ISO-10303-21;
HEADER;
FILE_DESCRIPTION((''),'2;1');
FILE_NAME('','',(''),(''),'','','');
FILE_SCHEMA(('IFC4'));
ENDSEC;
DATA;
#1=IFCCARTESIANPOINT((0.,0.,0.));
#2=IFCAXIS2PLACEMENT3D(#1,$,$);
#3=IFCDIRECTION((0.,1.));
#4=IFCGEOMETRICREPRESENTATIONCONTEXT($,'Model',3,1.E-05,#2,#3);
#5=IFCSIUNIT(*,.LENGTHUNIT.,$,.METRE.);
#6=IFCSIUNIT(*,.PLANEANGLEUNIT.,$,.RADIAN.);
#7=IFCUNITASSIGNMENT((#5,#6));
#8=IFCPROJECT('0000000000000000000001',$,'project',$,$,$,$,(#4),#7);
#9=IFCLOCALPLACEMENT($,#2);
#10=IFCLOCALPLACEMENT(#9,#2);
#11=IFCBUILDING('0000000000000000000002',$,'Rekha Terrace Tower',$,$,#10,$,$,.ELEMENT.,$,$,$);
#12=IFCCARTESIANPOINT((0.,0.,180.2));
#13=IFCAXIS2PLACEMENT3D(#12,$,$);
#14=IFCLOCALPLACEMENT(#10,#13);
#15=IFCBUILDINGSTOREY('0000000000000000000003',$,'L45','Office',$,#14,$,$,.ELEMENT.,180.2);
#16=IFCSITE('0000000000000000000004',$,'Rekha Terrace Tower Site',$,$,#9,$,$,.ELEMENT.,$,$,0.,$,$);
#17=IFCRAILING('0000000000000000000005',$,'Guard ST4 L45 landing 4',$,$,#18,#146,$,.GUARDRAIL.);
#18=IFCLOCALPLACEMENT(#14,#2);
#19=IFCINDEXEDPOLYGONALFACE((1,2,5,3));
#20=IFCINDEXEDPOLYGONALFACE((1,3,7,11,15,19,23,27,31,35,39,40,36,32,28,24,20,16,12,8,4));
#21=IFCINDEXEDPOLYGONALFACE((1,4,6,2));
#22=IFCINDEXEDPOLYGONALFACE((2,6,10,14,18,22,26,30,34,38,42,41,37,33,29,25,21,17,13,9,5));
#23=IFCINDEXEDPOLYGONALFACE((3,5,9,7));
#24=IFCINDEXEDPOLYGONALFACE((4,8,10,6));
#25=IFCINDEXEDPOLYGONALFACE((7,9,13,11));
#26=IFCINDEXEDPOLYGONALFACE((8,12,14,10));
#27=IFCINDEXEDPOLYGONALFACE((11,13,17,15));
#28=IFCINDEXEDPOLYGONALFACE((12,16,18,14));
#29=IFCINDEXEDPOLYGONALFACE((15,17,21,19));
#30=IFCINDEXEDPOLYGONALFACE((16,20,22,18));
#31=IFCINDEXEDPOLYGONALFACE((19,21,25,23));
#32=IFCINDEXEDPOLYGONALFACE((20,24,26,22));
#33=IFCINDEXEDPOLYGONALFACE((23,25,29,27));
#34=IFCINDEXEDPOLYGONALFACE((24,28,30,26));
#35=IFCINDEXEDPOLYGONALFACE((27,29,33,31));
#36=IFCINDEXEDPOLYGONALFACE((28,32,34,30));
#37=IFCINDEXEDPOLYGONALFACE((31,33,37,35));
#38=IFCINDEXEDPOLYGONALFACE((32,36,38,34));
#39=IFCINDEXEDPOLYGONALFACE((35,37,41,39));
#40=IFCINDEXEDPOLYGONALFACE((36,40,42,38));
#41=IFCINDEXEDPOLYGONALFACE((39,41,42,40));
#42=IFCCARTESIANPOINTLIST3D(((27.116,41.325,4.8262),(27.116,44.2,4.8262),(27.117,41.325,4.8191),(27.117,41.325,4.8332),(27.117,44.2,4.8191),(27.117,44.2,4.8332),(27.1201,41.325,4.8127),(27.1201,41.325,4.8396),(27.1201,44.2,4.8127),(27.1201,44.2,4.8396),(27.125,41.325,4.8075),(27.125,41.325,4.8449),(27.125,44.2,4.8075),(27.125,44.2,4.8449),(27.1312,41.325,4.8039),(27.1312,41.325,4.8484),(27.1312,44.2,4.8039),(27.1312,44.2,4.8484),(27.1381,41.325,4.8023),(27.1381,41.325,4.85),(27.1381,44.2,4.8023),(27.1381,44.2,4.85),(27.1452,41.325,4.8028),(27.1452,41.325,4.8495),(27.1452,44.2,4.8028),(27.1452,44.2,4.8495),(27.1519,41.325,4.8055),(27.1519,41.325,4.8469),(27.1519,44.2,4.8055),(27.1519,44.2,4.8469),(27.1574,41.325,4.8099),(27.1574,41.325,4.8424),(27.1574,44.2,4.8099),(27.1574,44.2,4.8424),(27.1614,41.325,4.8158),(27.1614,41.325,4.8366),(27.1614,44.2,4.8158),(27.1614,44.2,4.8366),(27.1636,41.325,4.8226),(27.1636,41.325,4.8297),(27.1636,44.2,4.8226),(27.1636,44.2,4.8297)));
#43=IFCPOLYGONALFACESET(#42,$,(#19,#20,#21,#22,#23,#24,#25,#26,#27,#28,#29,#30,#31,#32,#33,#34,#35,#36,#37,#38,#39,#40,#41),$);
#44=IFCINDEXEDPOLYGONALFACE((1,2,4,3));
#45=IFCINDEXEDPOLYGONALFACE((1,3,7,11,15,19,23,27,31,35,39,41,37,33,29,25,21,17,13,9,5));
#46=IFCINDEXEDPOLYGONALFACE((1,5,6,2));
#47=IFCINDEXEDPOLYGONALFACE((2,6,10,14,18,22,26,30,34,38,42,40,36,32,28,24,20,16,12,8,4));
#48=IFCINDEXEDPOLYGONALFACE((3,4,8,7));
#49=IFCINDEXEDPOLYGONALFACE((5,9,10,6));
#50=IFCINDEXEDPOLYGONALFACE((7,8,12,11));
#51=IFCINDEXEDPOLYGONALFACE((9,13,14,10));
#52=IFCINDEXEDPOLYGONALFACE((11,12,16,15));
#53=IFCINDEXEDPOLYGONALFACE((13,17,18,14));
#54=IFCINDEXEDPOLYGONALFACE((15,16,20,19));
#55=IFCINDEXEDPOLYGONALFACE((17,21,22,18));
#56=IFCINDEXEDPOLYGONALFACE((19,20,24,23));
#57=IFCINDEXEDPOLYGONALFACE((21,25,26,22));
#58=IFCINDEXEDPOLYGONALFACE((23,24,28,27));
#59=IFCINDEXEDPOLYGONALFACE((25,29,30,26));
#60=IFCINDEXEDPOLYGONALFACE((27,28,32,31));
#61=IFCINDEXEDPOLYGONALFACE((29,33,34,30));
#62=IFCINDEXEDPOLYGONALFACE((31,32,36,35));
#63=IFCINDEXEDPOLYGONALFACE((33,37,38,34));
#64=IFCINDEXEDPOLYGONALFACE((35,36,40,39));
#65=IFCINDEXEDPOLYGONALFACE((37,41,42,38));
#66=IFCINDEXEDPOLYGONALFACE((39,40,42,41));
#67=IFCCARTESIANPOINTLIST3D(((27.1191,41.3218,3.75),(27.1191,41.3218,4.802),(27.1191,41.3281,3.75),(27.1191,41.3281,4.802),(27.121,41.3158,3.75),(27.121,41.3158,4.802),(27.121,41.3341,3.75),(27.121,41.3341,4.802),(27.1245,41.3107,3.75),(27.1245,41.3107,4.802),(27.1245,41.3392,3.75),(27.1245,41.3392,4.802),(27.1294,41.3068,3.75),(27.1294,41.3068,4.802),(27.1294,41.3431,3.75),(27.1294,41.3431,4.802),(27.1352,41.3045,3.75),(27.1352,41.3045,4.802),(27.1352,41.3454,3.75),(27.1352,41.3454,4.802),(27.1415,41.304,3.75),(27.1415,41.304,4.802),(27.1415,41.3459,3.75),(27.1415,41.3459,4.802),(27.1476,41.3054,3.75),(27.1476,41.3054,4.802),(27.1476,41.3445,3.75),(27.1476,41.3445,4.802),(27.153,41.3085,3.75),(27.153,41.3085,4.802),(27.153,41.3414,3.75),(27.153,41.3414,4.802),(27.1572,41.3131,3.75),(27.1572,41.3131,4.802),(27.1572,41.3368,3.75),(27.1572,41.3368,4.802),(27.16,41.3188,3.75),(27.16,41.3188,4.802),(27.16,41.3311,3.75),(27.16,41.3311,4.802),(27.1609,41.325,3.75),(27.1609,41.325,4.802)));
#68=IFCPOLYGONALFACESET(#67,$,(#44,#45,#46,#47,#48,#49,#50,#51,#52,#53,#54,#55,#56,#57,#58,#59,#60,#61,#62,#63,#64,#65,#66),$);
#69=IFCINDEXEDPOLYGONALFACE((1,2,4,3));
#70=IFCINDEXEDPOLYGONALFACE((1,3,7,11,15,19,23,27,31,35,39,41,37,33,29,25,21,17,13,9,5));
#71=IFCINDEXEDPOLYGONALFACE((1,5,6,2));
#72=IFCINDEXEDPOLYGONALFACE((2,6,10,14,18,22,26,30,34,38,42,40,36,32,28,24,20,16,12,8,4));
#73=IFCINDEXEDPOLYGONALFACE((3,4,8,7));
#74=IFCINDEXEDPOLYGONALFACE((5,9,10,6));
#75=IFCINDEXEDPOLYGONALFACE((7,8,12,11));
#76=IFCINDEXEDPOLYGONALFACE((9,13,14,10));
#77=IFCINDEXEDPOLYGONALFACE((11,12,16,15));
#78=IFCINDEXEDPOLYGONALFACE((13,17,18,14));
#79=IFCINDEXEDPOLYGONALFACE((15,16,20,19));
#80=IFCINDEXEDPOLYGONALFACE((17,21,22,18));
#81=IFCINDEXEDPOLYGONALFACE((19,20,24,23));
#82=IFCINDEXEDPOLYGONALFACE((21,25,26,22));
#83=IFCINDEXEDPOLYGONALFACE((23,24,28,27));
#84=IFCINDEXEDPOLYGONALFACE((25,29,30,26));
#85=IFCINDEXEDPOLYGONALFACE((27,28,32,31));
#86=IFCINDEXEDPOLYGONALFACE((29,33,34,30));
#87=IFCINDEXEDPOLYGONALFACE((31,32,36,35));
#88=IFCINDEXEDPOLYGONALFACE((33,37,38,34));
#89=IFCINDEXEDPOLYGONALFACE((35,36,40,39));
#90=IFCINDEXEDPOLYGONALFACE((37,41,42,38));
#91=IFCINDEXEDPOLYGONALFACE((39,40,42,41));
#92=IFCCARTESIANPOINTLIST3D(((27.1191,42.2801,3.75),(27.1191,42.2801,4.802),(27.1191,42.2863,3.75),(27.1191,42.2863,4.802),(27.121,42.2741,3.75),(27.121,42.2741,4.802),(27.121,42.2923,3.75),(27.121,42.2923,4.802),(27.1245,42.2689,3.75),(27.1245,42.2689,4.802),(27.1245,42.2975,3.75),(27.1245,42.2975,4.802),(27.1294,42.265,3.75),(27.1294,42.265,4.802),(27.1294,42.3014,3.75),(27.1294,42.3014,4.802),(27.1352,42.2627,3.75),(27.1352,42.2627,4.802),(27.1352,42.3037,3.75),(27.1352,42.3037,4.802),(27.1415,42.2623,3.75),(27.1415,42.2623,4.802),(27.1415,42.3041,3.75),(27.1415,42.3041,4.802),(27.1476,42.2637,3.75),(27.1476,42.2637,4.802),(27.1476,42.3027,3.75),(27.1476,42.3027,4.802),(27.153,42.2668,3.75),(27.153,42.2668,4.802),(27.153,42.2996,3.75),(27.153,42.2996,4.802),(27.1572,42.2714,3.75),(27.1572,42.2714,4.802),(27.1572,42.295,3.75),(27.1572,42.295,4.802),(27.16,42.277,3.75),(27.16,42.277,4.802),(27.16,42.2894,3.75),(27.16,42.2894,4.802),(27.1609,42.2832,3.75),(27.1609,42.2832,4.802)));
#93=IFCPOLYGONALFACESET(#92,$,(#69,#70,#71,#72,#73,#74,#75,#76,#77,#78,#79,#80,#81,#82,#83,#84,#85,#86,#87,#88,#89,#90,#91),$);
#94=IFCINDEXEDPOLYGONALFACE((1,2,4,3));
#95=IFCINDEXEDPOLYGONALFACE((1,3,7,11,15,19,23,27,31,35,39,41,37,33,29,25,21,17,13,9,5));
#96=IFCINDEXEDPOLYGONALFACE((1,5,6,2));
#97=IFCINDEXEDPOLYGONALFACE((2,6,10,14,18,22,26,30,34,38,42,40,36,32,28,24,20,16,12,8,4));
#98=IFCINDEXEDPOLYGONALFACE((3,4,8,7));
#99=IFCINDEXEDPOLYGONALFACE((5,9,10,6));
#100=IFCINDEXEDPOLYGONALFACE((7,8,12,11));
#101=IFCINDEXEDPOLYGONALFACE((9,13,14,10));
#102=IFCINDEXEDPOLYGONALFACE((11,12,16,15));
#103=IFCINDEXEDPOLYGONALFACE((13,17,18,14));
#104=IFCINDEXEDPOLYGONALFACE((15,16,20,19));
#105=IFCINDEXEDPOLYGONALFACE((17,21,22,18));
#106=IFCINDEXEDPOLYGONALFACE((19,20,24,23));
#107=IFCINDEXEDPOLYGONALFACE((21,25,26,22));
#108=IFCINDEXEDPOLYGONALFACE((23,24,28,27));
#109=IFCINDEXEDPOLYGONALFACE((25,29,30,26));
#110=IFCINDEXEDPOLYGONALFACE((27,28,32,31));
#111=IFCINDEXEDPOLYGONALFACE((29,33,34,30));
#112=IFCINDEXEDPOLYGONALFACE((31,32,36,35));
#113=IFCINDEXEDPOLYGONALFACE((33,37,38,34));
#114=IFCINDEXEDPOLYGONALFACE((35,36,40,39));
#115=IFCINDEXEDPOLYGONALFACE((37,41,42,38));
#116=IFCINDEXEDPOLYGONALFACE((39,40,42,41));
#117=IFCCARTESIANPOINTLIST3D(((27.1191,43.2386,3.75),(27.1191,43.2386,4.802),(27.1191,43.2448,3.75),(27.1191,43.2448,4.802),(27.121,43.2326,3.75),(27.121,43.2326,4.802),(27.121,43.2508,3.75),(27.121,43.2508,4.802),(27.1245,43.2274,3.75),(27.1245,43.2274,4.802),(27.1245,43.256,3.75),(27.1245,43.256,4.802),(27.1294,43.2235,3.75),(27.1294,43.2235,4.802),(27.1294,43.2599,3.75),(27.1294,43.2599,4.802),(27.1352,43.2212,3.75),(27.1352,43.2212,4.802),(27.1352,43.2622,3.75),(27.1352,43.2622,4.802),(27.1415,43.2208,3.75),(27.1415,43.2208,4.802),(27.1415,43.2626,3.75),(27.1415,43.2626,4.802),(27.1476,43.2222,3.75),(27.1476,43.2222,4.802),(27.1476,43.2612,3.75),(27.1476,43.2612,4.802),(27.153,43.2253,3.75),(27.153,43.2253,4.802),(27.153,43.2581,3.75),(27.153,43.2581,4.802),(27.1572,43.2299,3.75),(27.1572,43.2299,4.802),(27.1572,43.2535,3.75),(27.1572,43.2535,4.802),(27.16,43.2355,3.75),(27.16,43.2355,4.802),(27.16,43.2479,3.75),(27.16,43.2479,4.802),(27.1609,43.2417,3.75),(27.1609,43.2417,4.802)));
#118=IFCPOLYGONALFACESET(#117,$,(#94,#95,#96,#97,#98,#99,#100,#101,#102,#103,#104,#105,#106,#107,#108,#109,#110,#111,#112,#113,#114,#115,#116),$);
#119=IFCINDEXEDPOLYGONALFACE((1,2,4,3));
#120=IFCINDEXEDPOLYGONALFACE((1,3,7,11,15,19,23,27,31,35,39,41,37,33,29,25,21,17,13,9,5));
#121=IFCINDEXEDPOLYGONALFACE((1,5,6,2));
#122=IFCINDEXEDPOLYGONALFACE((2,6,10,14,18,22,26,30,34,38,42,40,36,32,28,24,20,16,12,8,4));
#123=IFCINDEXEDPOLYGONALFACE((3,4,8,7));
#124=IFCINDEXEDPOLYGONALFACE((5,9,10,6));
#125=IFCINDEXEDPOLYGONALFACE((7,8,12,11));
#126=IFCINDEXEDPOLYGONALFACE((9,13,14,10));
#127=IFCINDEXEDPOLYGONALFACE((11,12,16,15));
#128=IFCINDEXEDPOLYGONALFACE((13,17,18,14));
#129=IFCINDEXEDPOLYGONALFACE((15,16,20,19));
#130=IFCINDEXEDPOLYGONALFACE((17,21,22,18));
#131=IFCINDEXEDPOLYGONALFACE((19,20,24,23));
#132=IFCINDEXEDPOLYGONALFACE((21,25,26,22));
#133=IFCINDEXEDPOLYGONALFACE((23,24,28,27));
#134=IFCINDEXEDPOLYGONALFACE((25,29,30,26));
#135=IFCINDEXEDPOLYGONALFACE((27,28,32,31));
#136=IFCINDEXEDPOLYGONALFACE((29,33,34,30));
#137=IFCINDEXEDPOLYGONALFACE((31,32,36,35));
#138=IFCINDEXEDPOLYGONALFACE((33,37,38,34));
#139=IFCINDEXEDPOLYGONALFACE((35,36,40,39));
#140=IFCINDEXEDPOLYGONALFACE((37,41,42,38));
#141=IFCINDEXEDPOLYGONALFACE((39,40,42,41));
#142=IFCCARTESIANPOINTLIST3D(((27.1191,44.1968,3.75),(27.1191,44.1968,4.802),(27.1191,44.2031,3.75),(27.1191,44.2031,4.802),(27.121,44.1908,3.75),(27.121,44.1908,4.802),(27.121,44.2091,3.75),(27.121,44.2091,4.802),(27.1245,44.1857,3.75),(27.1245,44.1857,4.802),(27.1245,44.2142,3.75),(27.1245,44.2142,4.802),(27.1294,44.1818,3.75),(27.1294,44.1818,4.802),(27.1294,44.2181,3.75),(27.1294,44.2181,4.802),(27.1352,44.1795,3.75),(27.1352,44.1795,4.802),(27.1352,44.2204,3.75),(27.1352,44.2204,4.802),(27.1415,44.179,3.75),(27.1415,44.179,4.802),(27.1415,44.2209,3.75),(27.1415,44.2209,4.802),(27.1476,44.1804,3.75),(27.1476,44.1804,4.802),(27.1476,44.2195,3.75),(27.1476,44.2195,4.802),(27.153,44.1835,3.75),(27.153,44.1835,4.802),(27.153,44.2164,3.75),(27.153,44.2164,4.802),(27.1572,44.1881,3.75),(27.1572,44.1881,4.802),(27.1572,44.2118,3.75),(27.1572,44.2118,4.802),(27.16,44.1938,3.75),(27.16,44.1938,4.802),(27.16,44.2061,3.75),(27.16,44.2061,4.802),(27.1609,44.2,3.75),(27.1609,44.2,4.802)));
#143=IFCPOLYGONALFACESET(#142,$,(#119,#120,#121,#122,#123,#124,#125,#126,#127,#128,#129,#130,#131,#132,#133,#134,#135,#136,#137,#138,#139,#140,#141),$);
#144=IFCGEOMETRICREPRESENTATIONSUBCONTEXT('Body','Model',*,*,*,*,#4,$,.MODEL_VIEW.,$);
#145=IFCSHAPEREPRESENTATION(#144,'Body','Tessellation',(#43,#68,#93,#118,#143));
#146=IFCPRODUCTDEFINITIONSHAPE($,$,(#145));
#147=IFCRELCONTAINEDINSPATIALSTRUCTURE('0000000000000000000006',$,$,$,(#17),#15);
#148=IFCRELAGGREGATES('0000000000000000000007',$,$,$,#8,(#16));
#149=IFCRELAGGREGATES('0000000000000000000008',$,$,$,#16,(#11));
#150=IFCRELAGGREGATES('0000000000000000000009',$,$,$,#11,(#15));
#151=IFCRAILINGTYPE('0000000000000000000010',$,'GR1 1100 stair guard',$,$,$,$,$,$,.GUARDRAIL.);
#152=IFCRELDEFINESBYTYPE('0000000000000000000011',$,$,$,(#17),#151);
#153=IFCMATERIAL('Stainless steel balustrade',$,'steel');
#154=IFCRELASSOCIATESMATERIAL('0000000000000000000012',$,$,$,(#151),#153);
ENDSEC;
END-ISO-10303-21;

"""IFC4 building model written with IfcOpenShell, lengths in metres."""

from ifc_helpers import new_model, si_unit, direction, frame, origin, origin_2d, place, context, subcontext, project, spatial, circle, extrude, material, type_object, element, save


model = new_model("IFC4")

# Units and contexts
model_context = context("Model", 3, precision=1e-05, world=origin(), true_north=direction((0.0, 1.0)))
body_context = subcontext(model_context, "Body", "Model", "MODEL_VIEW")
ifc_project = project(units=[si_unit("LENGTHUNIT", "METRE"), si_unit("PLANEANGLEUNIT", "RADIAN")], contexts=[model_context])

# Site, building, storey
site_placement = place(None, origin())
site = spatial("IfcSite", under=ifc_project, at=site_placement, Name="Rekha Terrace Tower Site", CompositionType="ELEMENT", RefElevation=0.0)
building_placement = place(site_placement, origin())
building = spatial("IfcBuilding", under=site, at=building_placement, Name="Rekha Terrace Tower", CompositionType="ELEMENT")
storey_placement = place(building_placement, frame((0.0, 0.0, 180.2)))
storey = spatial("IfcBuildingStorey", under=building, at=storey_placement, Name="L45", Description="Office", CompositionType="ELEMENT", Elevation=180.2)

# Railing
ifc_material_1 = material(Name="Stainless steel balustrade", Category="steel")
railing_type_1 = type_object("IfcRailingType", Name="GR1 1100 stair guard", PredefinedType="GUARDRAIL", material=ifc_material_1)
railing_1_placement = place(storey_placement, frame((27.1399, 41.325, 3.75)))
element("IfcRailing", 1, at=railing_1_placement, inside=storey, type_object=railing_type_1, Name="Guard ST4 L45 landing 4", PredefinedType="GUARDRAIL", context=body_context, shape_type="SweptSolid", body=[
    extrude(circle(Radius=0.0239, at=origin_2d()), frame((0.0, 0.0, 1.0762), z_axis=(0.0, 1.0, 0.0), x_axis=(-1.0, 0.0, 0.0)), (0.0, 0.0, 1.0), 2.875),
    extrude(circle(Radius=0.021, at=origin_2d()), origin(), (0.0, 0.0, 1.0), 1.052),
    extrude(circle(Radius=0.021, at=origin_2d()), frame((0.0, 0.9583, 0.0)), (0.0, 0.0, 1.0), 1.052),
    extrude(circle(Radius=0.021, at=origin_2d()), frame((0.0, 1.9167, 0.0)), (0.0, 0.0, 1.0), 1.052),
    extrude(circle(Radius=0.021, at=origin_2d()), frame((0.0, 2.875, 0.0)), (0.0, 0.0, 1.0), 1.052),
])

save(model, "model.ifc")
